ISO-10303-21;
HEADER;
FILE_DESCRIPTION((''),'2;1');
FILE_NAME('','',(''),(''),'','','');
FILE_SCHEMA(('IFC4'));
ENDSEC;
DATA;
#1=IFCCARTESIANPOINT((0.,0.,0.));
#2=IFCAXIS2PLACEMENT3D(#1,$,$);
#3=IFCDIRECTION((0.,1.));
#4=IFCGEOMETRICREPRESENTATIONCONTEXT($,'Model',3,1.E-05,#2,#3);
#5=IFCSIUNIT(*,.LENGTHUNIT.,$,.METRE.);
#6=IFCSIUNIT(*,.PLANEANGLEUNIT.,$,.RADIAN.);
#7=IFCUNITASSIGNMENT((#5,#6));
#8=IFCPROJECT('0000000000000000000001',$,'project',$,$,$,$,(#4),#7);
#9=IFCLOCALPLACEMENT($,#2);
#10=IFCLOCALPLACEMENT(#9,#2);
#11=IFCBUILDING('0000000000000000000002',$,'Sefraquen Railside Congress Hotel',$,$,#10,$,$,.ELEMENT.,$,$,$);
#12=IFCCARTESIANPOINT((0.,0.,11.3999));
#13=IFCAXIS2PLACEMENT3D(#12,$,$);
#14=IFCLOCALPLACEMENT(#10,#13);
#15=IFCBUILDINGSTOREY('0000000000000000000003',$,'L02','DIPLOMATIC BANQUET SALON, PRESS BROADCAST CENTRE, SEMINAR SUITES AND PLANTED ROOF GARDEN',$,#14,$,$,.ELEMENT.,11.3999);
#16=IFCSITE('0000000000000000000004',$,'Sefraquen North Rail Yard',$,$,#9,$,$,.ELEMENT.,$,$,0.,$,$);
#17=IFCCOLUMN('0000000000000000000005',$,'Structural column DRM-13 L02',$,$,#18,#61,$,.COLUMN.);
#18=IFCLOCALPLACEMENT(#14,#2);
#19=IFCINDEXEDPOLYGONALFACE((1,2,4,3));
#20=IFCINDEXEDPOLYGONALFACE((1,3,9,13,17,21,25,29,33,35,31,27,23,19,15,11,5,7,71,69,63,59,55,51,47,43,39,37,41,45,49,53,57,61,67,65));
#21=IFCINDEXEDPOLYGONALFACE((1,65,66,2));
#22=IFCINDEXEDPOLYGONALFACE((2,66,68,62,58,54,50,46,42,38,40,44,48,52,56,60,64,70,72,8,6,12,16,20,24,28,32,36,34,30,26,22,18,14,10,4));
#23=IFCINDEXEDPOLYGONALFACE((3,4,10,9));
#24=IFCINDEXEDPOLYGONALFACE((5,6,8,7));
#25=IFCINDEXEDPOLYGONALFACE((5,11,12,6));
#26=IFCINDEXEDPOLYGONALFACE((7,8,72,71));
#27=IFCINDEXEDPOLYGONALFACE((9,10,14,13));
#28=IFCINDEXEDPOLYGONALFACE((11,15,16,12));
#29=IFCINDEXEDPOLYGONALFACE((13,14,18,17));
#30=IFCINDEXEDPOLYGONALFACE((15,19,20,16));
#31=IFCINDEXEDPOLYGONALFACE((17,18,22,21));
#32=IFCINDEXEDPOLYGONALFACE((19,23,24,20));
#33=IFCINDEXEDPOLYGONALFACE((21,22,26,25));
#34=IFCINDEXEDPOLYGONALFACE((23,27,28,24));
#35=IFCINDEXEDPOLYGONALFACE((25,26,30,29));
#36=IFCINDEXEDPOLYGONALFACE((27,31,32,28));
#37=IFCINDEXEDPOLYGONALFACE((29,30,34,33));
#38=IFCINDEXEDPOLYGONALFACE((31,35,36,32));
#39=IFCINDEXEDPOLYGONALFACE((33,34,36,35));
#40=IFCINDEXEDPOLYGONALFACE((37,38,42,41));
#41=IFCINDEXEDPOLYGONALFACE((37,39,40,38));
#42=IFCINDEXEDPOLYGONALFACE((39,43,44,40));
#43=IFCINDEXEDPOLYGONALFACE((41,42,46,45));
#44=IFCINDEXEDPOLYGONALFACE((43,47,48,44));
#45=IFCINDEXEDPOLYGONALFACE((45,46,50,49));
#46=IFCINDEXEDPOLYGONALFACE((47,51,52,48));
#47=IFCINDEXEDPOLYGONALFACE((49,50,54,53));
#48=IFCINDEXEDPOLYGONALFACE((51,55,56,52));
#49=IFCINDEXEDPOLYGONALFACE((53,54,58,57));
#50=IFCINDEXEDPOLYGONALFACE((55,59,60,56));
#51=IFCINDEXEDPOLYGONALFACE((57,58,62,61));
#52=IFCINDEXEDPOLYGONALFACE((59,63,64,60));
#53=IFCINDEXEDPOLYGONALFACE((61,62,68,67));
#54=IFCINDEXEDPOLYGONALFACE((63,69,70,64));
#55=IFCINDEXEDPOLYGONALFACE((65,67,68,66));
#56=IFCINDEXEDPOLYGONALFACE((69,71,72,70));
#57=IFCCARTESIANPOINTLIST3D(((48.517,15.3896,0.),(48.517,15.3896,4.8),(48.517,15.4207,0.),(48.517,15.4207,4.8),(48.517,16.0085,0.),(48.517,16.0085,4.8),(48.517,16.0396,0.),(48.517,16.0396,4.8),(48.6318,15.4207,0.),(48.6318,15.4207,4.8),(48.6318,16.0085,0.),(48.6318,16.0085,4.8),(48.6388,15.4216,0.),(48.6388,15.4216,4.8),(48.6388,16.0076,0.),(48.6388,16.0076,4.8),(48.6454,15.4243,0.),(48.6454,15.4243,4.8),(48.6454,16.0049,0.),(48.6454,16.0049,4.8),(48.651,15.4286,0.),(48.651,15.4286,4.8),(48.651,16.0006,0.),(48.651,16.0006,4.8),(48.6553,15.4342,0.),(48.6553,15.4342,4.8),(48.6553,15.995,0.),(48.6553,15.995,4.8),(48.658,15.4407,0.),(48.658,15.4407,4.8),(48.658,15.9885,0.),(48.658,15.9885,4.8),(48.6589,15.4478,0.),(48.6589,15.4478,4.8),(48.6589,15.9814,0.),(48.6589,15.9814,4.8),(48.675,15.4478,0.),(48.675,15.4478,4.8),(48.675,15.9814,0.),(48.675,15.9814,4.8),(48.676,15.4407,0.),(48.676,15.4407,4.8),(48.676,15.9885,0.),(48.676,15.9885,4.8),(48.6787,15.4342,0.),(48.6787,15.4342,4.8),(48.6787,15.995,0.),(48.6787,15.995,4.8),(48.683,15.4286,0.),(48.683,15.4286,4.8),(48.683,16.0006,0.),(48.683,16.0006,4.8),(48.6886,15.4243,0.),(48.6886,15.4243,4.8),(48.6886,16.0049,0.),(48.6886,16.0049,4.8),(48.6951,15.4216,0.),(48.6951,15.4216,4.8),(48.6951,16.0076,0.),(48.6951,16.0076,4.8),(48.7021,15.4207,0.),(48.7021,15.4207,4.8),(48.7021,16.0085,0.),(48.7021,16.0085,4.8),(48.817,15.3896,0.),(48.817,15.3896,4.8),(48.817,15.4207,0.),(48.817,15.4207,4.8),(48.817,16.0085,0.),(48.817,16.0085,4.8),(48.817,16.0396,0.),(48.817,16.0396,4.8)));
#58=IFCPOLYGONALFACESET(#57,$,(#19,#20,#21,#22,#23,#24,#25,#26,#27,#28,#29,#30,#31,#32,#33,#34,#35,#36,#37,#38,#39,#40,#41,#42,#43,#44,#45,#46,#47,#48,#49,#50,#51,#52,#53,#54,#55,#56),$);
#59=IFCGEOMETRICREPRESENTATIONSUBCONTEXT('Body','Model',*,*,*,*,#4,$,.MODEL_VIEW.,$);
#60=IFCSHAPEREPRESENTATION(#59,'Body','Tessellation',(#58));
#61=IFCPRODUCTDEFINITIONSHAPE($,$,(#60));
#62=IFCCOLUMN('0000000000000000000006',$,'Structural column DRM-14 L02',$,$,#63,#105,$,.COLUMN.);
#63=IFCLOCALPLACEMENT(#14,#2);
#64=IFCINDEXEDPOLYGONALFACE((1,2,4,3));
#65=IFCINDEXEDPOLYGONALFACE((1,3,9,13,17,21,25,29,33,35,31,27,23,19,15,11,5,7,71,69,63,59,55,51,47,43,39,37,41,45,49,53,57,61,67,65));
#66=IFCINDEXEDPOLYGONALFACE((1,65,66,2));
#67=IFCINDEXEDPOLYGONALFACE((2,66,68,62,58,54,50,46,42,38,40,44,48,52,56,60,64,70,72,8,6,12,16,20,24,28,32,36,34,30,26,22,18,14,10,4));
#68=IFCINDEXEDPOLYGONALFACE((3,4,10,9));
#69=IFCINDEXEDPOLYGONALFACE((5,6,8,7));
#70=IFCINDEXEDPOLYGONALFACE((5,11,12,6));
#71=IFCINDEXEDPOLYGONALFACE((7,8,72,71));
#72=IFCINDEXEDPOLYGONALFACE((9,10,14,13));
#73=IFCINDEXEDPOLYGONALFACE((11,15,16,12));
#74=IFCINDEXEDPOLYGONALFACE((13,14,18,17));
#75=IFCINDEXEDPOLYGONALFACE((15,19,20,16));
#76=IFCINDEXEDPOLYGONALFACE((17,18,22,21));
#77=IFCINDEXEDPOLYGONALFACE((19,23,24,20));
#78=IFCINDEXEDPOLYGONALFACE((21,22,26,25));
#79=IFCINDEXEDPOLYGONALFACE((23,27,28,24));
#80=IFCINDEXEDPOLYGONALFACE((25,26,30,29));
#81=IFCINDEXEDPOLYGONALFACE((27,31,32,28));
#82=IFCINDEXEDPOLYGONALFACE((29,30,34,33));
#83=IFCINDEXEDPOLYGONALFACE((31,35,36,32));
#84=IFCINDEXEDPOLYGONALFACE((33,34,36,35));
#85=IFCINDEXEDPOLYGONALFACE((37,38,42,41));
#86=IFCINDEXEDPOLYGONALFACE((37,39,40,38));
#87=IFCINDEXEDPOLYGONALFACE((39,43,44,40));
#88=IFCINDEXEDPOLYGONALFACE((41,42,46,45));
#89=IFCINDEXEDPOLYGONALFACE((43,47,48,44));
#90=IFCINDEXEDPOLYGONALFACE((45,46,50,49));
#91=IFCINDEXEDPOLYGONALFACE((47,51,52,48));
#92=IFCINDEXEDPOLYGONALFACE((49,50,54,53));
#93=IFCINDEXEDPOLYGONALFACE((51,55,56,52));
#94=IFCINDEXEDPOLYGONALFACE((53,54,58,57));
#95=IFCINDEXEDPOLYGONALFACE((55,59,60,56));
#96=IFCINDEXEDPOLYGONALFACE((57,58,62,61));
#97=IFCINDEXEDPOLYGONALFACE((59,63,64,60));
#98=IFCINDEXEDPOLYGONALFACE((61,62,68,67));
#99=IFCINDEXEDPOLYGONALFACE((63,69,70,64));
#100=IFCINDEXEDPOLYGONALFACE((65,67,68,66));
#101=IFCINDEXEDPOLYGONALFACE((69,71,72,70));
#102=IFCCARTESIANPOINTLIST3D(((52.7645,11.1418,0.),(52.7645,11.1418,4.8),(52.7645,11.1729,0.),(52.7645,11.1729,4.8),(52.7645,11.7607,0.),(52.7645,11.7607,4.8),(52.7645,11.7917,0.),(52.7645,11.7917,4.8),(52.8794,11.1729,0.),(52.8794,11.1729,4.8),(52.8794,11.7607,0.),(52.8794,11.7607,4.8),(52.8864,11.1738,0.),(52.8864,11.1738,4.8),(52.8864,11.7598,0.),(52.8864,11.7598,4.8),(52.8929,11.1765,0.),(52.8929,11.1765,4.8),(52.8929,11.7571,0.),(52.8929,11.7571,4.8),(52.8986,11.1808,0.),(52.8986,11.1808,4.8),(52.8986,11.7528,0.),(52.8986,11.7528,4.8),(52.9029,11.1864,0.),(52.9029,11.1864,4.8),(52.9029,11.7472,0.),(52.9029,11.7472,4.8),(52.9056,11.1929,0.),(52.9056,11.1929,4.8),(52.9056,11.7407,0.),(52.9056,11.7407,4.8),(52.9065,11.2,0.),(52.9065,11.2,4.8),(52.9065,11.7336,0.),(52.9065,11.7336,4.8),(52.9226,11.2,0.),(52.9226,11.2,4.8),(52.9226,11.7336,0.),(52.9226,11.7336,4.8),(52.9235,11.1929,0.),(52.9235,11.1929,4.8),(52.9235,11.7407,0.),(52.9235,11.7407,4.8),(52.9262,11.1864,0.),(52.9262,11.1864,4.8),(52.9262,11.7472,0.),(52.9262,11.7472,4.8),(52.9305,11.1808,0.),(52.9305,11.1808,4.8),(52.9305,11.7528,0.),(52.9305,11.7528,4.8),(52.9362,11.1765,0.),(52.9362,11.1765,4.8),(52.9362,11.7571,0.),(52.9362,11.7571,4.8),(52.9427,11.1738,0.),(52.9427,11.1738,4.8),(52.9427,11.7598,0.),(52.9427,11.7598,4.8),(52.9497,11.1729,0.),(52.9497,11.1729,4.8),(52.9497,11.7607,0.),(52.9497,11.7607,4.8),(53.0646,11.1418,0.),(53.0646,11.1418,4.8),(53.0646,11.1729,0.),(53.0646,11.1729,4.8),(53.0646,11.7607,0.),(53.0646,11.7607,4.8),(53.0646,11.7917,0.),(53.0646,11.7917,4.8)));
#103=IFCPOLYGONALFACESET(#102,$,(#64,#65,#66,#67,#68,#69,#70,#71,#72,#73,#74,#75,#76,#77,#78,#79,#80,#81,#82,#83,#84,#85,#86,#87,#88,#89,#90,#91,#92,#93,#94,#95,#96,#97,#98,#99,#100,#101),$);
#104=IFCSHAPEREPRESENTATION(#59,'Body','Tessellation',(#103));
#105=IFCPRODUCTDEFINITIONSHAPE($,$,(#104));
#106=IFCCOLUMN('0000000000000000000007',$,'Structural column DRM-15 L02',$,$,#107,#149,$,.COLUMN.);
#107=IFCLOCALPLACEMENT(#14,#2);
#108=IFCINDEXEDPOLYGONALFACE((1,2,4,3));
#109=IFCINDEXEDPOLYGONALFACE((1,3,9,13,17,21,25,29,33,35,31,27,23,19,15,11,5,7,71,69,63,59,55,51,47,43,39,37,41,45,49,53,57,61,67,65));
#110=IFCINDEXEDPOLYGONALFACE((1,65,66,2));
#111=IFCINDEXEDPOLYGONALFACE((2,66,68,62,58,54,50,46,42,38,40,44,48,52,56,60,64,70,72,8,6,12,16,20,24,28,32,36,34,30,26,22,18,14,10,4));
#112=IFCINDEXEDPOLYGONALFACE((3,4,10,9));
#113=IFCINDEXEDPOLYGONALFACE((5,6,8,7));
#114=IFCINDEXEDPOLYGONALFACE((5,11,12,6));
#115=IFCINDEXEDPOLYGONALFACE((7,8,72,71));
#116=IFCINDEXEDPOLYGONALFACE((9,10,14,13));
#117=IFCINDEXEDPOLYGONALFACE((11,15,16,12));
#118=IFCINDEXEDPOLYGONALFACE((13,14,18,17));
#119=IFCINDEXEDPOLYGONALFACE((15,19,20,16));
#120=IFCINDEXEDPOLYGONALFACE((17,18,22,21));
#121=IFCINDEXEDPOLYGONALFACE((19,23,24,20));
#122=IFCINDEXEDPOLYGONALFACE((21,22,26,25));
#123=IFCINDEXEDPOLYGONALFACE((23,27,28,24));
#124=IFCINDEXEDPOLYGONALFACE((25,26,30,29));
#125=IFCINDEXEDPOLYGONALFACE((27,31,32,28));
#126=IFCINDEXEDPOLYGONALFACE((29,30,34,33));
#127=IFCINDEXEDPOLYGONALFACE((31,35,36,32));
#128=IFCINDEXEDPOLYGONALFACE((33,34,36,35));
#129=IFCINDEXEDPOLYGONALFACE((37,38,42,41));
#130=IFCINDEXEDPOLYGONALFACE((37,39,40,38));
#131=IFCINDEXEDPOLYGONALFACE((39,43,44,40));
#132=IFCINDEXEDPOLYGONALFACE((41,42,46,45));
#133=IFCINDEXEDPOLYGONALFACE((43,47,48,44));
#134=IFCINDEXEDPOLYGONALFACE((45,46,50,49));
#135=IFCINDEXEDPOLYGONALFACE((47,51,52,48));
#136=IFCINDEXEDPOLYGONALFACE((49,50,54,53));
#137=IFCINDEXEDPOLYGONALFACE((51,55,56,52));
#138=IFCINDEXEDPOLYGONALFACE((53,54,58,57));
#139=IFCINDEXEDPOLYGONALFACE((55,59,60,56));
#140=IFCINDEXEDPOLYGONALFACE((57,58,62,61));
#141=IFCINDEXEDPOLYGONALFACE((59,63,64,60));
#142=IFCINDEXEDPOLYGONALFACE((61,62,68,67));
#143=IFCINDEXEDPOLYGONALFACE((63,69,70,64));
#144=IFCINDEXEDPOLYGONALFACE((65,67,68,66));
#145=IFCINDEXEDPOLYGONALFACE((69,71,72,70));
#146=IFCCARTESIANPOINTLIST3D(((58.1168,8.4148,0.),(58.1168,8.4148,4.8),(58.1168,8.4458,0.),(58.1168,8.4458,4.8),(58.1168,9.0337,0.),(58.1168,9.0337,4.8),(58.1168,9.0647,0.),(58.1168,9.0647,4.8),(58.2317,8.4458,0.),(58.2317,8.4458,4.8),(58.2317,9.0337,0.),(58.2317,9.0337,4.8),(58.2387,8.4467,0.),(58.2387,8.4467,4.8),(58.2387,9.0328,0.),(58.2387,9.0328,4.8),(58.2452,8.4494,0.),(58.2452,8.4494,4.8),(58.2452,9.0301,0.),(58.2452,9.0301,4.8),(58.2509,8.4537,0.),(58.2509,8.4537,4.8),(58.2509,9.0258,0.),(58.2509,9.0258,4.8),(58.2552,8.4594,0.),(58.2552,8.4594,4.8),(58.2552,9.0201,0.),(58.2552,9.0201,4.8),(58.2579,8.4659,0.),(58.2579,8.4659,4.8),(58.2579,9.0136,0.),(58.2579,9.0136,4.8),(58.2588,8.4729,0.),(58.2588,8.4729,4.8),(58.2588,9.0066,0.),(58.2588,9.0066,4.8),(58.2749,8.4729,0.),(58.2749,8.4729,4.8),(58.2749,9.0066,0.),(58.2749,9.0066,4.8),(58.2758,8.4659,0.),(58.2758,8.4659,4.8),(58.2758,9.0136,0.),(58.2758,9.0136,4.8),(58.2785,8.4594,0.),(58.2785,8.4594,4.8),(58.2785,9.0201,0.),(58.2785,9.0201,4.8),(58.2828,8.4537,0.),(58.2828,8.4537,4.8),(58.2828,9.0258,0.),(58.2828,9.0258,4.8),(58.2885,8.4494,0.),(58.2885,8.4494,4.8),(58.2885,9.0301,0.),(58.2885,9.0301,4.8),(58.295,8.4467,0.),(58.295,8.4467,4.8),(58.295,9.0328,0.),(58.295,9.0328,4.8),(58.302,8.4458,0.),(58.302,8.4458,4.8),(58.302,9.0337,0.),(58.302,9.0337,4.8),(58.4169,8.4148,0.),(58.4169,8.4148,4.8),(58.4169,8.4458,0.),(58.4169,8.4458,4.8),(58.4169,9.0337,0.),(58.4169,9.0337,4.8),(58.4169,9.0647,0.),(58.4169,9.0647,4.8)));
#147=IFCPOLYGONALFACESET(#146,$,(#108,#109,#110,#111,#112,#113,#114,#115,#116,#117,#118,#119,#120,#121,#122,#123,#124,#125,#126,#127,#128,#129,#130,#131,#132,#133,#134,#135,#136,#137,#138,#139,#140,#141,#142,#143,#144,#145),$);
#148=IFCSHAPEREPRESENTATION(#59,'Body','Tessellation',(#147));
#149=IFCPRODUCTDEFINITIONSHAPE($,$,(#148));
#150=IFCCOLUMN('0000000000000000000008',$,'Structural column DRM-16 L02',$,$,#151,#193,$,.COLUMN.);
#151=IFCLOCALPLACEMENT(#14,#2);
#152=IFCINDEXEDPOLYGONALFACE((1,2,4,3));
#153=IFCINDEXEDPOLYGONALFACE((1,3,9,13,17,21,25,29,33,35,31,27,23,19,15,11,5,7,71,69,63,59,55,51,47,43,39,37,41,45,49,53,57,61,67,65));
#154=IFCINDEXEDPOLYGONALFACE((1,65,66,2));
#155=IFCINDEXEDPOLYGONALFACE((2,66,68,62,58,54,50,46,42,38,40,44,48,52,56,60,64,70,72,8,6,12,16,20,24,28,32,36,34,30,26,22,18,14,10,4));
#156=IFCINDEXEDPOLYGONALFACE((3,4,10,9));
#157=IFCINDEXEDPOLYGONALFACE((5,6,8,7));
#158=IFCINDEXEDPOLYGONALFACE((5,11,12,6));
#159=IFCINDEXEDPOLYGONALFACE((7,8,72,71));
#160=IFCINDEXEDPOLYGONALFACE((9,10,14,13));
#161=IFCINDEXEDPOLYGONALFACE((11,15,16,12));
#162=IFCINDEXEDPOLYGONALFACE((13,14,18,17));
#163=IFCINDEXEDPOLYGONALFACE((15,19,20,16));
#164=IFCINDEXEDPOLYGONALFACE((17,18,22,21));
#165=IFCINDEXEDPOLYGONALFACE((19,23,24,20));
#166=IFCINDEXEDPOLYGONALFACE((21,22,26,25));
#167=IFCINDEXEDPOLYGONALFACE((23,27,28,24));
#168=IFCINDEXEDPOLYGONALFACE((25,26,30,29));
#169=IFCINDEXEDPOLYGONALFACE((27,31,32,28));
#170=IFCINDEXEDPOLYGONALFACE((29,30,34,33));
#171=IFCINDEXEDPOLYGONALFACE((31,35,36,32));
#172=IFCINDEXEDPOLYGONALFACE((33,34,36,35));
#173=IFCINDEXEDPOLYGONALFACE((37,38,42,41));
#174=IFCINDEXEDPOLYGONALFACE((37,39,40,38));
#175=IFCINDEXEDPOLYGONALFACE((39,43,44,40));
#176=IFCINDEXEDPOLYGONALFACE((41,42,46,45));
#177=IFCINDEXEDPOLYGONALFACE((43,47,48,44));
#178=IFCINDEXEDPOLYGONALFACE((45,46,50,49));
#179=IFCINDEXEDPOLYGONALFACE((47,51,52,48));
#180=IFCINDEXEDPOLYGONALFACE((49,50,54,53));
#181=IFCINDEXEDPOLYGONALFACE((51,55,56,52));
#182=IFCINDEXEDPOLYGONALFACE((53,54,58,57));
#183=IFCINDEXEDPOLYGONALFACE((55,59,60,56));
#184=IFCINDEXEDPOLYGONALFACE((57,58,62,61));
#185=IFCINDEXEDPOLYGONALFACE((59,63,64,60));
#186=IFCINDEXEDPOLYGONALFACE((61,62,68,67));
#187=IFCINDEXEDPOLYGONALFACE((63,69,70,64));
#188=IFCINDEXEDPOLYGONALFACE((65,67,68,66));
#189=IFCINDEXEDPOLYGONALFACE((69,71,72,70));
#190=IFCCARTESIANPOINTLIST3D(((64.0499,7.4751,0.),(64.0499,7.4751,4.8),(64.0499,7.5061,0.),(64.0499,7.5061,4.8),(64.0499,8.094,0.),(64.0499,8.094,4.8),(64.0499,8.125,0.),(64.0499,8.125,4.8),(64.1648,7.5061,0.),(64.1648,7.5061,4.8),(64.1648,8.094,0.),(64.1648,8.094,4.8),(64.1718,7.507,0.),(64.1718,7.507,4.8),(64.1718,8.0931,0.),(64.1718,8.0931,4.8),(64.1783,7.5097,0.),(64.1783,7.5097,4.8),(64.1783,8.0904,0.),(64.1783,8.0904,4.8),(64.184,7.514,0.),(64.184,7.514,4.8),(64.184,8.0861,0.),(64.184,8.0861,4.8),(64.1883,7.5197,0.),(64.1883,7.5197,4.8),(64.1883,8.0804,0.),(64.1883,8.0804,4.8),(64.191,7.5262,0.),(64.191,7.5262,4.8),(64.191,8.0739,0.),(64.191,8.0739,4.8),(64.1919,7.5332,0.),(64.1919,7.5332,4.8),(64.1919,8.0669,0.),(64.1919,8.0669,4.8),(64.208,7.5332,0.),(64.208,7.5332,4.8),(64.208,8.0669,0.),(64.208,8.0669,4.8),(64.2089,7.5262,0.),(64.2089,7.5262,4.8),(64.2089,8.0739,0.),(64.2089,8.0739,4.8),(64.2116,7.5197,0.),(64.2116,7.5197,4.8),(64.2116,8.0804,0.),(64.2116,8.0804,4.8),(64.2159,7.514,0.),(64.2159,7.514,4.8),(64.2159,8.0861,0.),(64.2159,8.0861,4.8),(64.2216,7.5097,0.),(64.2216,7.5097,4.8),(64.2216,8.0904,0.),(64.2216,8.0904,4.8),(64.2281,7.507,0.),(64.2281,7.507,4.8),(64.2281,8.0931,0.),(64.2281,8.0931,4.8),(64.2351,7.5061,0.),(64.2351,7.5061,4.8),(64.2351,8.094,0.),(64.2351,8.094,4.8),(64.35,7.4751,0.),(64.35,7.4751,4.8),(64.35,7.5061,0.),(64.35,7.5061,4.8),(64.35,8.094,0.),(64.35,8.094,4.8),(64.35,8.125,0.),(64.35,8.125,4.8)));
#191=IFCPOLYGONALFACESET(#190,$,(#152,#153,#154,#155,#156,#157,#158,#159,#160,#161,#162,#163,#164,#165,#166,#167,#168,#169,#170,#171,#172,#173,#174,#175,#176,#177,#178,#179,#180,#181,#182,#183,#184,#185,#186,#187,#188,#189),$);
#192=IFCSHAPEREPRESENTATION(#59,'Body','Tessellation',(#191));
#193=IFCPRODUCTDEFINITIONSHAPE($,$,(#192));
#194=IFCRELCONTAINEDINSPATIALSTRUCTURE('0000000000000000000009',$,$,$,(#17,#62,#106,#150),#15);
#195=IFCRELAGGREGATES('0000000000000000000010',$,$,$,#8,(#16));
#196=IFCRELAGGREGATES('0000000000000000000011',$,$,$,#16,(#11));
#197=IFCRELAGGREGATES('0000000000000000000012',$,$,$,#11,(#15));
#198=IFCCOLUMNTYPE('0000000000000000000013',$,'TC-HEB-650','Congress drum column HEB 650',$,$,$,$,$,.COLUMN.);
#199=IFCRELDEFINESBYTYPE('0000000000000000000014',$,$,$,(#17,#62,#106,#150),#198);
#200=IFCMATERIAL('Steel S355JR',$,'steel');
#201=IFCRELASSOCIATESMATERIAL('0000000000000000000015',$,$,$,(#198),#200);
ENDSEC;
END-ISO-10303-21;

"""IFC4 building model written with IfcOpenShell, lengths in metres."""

from ifc_helpers import new_model, si_unit, direction, frame, origin, origin_2d, place, context, subcontext, project, spatial, i_section, extrude, material, material_profile, profile_set, type_object, element, save


model = new_model("IFC4")

# Units and contexts
model_context = context("Model", 3, precision=1e-05, world=origin(), true_north=direction((0.0, 1.0)))
body_context = subcontext(model_context, "Body", "Model", "MODEL_VIEW")
ifc_project = project(units=[si_unit("LENGTHUNIT", "METRE"), si_unit("PLANEANGLEUNIT", "RADIAN")], contexts=[model_context])

# Site, building, storey
site_placement = place(None, origin())
site = spatial("IfcSite", under=ifc_project, at=site_placement, Name="Sefraquen North Rail Yard", CompositionType="ELEMENT", RefElevation=0.0)
building_placement = place(site_placement, origin())
building = spatial("IfcBuilding", under=site, at=building_placement, Name="Sefraquen Railside Congress Hotel", CompositionType="ELEMENT")
storey_placement = place(building_placement, frame((0.0, 0.0, 11.3999)))
storey = spatial("IfcBuildingStorey", under=building, at=storey_placement, Name="L02", Description="DIPLOMATIC BANQUET SALON, PRESS BROADCAST CENTRE, SEMINAR SUITES AND PLANTED ROOF GARDEN", CompositionType="ELEMENT", Elevation=11.3999)

# Columns
ifc_material_1 = material(Name="Steel S355JR", Category="steel")
ifc_material_profile_1 = material_profile(ifc_material_1, i_section(OverallWidth=0.3, OverallDepth=0.6499, WebThickness=0.0161, FlangeThickness=0.031, FilletRadius=0.0271, at=origin_2d()), Name="HEB 650")
ifc_profile_set_1 = profile_set([ifc_material_profile_1], Name="Steel S355JR")
column_type_1 = type_object("IfcColumnType", Name="TC-HEB-650", Description="Congress drum column HEB 650", PredefinedType="COLUMN", material=ifc_profile_set_1)
for number, where, z_axis, x_axis, name in (
    (1, (48.667, 15.7146, 0.0), (0.0, 0.0, 1.0), (1.0, 0.0, 0.0), "Structural column DRM-13 L02"),
    (2, (52.9146, 11.4668, 0.0), (0.0, 0.0, 1.0), (1.0, 0.0, 0.0), "Structural column DRM-14 L02"),
    (3, (58.2668, 8.7397, 0.0), (0.0, 0.0, 1.0), (1.0, 0.0, 0.0), "Structural column DRM-15 L02"),
    (4, (64.2, 7.8, 0.0), (0.0, 0.0, 1.0), (1.0, 0.0, 0.0), "Structural column DRM-16 L02"),
):
    element("IfcColumn", number, at=place(storey_placement, frame(where, z_axis=z_axis, x_axis=x_axis)), inside=storey, type_object=column_type_1, Name=name, PredefinedType="COLUMN", context=body_context, shape_type="SweptSolid", body=[
        extrude(i_section(OverallWidth=0.3, OverallDepth=0.6499, WebThickness=0.0161, FlangeThickness=0.031, FilletRadius=0.0271, at=origin_2d()), origin(), (0.0, 0.0, 1.0), 4.8),
    ])

save(model, "model.ifc")
